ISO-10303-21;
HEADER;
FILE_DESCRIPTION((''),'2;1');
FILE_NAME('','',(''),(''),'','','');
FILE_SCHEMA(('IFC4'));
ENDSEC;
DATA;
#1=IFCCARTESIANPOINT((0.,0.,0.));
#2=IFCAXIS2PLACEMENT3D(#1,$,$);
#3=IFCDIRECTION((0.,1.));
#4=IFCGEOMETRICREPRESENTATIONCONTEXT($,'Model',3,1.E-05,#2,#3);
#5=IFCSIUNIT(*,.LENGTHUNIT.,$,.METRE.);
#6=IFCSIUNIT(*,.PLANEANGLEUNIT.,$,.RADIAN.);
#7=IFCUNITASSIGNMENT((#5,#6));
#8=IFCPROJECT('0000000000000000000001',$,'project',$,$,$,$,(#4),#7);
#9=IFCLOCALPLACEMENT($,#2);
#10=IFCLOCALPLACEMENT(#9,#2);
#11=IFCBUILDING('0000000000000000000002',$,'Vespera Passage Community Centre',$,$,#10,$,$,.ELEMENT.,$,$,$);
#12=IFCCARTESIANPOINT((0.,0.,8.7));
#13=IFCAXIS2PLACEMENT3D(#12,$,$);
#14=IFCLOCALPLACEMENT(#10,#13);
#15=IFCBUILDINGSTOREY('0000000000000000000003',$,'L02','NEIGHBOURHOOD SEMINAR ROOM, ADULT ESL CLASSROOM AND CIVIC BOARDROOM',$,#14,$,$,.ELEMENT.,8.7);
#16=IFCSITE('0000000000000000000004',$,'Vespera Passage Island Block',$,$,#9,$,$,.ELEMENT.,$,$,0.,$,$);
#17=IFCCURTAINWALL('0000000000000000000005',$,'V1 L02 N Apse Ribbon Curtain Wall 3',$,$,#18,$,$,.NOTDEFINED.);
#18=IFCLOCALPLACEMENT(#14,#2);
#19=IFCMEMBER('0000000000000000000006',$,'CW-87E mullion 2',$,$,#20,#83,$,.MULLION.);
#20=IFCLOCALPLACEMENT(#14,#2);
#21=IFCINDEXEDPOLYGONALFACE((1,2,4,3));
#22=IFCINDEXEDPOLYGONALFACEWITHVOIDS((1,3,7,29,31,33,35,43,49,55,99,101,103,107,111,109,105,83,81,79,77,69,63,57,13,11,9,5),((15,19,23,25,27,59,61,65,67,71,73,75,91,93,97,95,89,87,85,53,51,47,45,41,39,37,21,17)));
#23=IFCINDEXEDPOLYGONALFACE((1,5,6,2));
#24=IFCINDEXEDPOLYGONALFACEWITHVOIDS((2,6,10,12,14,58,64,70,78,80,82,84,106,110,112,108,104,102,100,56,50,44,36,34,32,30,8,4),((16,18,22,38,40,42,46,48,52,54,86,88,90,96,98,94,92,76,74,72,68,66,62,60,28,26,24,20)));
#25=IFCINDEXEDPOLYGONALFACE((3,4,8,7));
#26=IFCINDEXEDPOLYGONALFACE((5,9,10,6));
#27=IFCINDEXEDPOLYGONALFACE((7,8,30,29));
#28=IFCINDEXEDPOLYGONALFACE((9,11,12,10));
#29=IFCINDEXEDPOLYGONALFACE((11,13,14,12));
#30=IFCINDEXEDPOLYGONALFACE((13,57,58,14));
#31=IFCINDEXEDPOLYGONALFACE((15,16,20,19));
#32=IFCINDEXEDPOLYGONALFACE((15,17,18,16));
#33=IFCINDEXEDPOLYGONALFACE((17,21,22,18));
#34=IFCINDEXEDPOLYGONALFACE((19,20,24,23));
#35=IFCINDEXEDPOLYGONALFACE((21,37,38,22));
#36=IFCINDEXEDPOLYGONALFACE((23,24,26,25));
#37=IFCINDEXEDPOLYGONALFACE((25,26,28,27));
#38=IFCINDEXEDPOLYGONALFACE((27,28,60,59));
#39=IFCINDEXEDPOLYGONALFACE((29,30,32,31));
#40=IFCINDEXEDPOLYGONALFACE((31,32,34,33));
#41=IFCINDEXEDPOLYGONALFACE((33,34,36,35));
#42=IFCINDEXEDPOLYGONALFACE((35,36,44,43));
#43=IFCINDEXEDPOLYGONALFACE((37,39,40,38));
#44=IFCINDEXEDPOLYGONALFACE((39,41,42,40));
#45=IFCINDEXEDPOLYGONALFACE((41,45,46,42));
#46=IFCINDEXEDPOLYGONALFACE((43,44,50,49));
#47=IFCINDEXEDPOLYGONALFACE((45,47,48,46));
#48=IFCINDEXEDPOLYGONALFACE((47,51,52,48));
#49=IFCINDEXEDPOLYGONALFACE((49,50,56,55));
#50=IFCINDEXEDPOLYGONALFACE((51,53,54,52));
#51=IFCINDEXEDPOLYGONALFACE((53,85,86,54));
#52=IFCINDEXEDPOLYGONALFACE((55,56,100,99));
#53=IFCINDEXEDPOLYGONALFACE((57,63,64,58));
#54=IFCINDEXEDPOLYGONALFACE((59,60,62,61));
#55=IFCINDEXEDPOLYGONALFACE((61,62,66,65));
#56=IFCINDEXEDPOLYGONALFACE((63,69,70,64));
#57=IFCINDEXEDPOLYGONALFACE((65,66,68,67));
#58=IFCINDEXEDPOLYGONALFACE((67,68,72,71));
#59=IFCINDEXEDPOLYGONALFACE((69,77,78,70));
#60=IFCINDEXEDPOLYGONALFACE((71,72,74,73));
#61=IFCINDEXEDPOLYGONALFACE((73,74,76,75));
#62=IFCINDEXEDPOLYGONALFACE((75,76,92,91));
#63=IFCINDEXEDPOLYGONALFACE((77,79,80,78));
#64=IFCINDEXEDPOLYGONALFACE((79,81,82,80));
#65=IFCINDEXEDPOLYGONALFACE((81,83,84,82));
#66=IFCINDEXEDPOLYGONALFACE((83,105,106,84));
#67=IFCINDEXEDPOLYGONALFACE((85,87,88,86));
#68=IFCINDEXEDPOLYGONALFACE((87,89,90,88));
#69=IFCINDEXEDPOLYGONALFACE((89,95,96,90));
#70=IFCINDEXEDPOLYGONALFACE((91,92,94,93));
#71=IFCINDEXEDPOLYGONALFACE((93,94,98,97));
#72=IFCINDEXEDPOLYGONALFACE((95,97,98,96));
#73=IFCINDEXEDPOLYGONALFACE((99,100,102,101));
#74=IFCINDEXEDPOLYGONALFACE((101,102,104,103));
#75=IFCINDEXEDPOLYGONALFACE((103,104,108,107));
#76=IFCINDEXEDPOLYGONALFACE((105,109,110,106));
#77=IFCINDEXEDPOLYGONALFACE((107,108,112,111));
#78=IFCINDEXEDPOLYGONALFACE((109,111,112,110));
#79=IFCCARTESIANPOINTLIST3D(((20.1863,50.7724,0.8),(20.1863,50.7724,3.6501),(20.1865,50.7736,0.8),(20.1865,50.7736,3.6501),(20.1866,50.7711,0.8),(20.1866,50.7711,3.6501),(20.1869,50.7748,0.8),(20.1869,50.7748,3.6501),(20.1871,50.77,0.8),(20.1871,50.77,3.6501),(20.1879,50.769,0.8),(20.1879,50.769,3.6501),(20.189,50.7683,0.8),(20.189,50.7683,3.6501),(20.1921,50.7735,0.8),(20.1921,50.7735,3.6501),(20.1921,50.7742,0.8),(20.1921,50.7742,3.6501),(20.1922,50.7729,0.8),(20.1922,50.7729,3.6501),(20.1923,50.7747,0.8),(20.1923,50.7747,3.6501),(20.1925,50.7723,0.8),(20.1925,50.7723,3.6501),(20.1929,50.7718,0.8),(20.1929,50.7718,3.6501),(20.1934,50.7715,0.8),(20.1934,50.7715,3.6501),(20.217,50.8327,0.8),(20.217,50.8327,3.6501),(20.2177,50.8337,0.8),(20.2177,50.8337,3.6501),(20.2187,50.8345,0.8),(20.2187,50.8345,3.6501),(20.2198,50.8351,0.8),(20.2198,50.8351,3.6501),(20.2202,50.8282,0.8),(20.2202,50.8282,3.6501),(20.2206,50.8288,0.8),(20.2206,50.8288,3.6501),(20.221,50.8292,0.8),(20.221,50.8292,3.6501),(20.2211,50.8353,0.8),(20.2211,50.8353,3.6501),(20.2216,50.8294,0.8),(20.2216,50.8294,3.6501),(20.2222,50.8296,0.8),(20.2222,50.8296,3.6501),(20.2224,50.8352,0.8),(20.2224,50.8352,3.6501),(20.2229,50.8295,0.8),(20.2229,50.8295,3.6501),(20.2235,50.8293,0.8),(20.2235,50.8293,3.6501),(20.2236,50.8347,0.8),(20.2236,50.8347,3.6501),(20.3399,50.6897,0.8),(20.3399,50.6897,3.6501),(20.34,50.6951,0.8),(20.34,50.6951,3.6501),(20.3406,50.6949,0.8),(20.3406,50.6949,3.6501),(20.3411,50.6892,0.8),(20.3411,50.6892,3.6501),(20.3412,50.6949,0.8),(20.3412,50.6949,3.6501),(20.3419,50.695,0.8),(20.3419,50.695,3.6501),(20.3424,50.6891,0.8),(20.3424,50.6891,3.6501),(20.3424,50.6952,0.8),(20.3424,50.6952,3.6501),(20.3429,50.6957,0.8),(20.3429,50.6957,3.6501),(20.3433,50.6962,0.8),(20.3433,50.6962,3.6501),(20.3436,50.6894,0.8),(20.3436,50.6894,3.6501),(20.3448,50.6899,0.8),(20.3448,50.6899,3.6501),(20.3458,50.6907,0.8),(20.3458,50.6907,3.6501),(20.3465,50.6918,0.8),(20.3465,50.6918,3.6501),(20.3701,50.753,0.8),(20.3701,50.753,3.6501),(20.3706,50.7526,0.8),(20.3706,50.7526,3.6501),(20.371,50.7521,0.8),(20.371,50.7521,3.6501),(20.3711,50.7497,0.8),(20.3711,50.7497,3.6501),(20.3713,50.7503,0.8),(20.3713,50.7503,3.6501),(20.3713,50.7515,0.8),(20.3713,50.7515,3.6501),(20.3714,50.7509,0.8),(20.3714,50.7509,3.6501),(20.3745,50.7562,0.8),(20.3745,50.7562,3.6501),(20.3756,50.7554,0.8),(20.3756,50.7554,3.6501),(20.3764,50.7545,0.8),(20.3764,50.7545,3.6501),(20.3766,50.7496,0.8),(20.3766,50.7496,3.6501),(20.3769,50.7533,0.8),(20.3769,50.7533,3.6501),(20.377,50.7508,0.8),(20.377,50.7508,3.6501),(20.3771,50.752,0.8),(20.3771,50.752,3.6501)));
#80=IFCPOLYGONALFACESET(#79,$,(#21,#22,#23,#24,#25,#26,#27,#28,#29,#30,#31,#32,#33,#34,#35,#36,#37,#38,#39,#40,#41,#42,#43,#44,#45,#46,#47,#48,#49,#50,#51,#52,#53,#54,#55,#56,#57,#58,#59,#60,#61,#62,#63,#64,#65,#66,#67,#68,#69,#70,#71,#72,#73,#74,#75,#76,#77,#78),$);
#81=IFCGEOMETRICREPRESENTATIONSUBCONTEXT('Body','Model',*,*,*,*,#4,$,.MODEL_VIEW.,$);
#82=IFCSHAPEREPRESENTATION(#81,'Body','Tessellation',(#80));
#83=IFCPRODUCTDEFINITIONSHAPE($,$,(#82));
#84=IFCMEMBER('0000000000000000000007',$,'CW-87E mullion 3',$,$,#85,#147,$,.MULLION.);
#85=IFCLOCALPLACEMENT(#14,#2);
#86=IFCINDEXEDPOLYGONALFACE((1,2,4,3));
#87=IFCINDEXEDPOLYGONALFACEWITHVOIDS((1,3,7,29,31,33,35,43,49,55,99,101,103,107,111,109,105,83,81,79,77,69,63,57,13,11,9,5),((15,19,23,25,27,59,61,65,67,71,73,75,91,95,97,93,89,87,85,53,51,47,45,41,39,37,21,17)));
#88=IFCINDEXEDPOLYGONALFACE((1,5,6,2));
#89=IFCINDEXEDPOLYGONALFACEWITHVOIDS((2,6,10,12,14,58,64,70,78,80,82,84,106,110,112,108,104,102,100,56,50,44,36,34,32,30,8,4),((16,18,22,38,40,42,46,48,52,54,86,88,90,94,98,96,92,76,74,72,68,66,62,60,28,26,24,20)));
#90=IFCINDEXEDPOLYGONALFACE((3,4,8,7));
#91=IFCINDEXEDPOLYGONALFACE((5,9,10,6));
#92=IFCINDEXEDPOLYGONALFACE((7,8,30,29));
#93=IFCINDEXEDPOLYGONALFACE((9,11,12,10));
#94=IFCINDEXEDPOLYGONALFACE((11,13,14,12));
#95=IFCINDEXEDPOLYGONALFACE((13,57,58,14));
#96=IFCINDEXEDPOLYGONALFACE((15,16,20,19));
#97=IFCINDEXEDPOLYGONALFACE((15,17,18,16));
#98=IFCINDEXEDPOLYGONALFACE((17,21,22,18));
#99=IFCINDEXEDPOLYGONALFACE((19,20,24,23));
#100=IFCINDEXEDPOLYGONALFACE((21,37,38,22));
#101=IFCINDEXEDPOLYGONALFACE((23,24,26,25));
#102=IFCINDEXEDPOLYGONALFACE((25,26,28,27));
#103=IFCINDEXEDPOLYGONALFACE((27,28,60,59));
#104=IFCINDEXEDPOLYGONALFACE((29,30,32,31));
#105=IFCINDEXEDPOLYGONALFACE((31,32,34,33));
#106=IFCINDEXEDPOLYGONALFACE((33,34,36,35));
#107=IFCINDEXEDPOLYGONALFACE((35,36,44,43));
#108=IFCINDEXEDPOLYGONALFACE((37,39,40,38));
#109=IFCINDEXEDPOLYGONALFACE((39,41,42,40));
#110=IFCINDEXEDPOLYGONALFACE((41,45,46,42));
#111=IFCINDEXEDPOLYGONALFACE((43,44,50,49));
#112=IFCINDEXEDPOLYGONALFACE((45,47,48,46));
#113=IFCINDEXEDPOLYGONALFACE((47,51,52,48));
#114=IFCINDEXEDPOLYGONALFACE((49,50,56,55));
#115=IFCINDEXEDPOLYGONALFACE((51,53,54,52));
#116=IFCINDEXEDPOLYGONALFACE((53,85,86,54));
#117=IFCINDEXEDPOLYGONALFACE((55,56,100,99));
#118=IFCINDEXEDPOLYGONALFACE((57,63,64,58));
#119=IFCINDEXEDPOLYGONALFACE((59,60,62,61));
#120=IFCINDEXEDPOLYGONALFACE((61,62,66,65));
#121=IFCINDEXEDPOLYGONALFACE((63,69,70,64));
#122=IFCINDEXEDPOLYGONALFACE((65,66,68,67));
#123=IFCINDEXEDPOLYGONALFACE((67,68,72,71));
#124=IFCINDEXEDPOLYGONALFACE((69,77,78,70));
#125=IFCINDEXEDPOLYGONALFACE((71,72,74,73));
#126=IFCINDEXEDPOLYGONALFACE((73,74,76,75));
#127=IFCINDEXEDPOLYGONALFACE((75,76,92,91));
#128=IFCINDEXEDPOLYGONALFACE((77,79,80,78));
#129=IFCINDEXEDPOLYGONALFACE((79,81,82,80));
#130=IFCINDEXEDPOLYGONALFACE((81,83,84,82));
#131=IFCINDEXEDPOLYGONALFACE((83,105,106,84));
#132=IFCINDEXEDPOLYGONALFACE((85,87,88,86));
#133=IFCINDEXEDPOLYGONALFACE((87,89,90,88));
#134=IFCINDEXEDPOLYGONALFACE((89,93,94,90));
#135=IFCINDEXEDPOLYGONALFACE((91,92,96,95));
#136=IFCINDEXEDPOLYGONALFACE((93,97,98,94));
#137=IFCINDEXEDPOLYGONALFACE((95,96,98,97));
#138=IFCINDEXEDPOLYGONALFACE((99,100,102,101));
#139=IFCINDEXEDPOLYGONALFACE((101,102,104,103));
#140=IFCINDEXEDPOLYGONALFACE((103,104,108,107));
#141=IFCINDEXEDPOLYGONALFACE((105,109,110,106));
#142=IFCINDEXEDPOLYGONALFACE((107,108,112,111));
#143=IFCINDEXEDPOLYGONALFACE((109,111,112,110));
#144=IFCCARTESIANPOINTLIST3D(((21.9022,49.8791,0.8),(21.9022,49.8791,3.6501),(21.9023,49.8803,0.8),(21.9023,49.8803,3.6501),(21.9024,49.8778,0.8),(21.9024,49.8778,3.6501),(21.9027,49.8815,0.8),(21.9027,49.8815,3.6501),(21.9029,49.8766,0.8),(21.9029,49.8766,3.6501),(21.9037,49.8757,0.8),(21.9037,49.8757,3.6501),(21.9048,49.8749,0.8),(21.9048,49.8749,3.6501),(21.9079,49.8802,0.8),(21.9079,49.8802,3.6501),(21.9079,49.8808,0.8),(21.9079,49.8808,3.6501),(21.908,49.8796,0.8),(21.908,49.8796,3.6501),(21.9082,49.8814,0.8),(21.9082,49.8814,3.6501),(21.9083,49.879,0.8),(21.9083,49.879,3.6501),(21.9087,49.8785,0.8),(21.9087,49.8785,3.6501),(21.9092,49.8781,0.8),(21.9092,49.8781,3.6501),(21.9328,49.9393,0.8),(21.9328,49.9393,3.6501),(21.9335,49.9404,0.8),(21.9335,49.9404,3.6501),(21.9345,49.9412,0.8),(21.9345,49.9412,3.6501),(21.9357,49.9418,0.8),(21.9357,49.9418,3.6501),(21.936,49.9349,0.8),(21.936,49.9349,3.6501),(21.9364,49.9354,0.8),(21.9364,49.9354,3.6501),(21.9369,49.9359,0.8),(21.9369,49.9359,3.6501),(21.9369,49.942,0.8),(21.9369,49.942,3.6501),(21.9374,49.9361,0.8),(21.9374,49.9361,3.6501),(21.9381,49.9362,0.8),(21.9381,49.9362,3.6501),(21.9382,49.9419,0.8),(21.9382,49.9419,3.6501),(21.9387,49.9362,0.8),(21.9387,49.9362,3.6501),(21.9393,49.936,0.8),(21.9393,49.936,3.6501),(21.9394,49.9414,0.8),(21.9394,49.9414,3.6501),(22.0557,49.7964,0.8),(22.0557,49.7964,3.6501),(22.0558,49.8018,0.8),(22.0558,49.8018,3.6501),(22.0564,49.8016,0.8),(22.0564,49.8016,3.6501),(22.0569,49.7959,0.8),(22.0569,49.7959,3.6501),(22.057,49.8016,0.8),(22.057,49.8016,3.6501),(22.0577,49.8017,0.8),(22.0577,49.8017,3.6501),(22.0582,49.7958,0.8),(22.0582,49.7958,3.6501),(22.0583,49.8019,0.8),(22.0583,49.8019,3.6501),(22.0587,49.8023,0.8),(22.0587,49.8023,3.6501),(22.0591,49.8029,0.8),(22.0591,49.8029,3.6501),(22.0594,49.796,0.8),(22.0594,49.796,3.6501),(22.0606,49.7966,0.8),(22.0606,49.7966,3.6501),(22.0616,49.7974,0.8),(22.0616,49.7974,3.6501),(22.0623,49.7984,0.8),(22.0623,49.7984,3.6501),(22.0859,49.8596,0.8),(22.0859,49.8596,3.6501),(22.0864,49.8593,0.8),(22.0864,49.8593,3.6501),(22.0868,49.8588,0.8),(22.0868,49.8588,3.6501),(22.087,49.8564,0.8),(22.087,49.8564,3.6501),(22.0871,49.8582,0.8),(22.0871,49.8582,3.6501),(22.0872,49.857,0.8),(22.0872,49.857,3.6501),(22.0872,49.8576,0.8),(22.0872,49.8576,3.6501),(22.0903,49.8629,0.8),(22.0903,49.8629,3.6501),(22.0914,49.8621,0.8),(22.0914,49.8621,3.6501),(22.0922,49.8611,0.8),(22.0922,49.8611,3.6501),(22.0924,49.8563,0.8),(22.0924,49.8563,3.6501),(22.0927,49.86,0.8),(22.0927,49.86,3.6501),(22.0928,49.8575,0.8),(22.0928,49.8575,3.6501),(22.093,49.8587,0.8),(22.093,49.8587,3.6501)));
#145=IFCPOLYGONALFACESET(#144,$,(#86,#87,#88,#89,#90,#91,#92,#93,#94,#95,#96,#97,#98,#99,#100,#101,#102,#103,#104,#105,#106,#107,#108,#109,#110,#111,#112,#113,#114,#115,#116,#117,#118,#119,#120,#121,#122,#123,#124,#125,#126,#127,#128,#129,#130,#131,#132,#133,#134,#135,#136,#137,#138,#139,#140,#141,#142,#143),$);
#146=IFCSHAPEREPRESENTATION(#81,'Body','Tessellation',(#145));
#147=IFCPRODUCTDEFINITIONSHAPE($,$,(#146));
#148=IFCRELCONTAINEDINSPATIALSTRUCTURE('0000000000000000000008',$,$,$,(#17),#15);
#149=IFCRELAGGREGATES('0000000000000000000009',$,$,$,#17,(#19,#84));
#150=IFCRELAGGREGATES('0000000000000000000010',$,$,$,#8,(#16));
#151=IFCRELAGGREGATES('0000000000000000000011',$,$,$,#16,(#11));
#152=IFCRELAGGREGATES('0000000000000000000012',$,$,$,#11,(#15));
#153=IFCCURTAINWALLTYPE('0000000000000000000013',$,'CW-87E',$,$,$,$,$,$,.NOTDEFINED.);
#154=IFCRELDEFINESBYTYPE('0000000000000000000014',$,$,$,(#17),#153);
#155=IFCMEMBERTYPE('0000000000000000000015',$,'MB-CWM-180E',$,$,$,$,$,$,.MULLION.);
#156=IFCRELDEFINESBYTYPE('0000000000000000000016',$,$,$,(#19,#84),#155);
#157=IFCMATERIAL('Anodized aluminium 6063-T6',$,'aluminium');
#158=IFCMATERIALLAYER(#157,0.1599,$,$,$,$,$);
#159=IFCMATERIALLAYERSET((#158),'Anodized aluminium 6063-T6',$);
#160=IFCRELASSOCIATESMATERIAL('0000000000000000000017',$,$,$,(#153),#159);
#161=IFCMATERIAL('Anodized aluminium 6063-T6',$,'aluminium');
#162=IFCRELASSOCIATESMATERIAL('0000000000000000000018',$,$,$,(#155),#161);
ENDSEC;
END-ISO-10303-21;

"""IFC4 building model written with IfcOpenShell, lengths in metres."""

from ifc_helpers import new_model, si_unit, direction, frame, origin, origin_2d, place, context, subcontext, project, spatial, hollow_rectangle, extrude, material, layer, layer_set, material_profile, profile_set, type_object, element, aggregate, save


model = new_model("IFC4")

# Units and contexts
model_context = context("Model", 3, precision=1e-05, world=origin(), true_north=direction((0.0, 1.0)))
body_context = subcontext(model_context, "Body", "Model", "MODEL_VIEW")
ifc_project = project(units=[si_unit("LENGTHUNIT", "METRE"), si_unit("PLANEANGLEUNIT", "RADIAN")], contexts=[model_context])

# Site, building, storey
site_placement = place(None, origin())
site = spatial("IfcSite", under=ifc_project, at=site_placement, Name="Vespera Passage Island Block", CompositionType="ELEMENT", RefElevation=0.0)
building_placement = place(site_placement, origin())
building = spatial("IfcBuilding", under=site, at=building_placement, Name="Vespera Passage Community Centre", CompositionType="ELEMENT")
storey_placement = place(building_placement, frame((0.0, 0.0, 8.7)))
storey = spatial("IfcBuildingStorey", under=building, at=storey_placement, Name="L02", Description="NEIGHBOURHOOD SEMINAR ROOM, ADULT ESL CLASSROOM AND CIVIC BOARDROOM", CompositionType="ELEMENT", Elevation=8.7)

# Shared definitions
ifc_material_1 = material(Name="Anodized aluminium 6063-T6", Category="aluminium")
ifc_layer_1 = layer(ifc_material_1, 0.1599)
ifc_layer_set_1 = layer_set([ifc_layer_1], Name="Anodized aluminium 6063-T6")
curtain_wall_type = type_object("IfcCurtainWallType", Name="CW-87E", PredefinedType="NOTDEFINED", material=ifc_layer_set_1)
ifc_material_2 = material(Name="Anodized aluminium 6063-T6", Category="aluminium")
ifc_material_profile_1 = material_profile(ifc_material_2, hollow_rectangle(XDim=0.075, YDim=0.1799, WallThickness=0.0049, InnerFilletRadius=0.0024, OuterFilletRadius=0.0049, at=origin_2d()), Name="ALU180X75X5")
ifc_profile_set_1 = profile_set([ifc_material_profile_1], Name="Anodized aluminium 6063-T6")
member_type_1 = type_object("IfcMemberType", Name="MB-CWM-180E", PredefinedType="MULLION", material=ifc_profile_set_1)

# Curtain wall, members
curtain_wall_1_placement = place(storey_placement, origin())
curtain_wall_1 = element("IfcCurtainWall", 1, at=curtain_wall_1_placement, inside=storey, type_object=curtain_wall_type, Name="V1 L02 N Apse Ribbon Curtain Wall 3", PredefinedType="NOTDEFINED")
member_1_placement = place(storey_placement, frame((20.2817, 50.7622, 0.8), z_axis=(0.0, 0.0, 1.0), x_axis=(0.461745, 0.887013, 0.0)))
member_1 = element("IfcMember", 2, at=member_1_placement, type_object=member_type_1, Name="CW-87E mullion 2", PredefinedType="MULLION", context=body_context, shape_type="SweptSolid", body=[
    extrude(hollow_rectangle(XDim=0.075, YDim=0.1799, WallThickness=0.0049, InnerFilletRadius=0.0024, OuterFilletRadius=0.0049, at=origin_2d()), origin(), (0.0, 0.0, 1.0), 2.8501),
])
member_2_placement = place(storey_placement, frame((21.9976, 49.8689, 0.8), z_axis=(0.0, 0.0, 1.0), x_axis=(0.461745, 0.887013, 0.0)))
member_2 = element("IfcMember", 3, at=member_2_placement, type_object=member_type_1, Name="CW-87E mullion 3", PredefinedType="MULLION", context=body_context, shape_type="SweptSolid", body=[
    extrude(hollow_rectangle(XDim=0.075, YDim=0.1799, WallThickness=0.0049, InnerFilletRadius=0.0024, OuterFilletRadius=0.0049, at=origin_2d()), origin(), (0.0, 0.0, 1.0), 2.8501),
])

aggregate(curtain_wall_1, [member_1, member_2])

save(model, "model.ifc")
